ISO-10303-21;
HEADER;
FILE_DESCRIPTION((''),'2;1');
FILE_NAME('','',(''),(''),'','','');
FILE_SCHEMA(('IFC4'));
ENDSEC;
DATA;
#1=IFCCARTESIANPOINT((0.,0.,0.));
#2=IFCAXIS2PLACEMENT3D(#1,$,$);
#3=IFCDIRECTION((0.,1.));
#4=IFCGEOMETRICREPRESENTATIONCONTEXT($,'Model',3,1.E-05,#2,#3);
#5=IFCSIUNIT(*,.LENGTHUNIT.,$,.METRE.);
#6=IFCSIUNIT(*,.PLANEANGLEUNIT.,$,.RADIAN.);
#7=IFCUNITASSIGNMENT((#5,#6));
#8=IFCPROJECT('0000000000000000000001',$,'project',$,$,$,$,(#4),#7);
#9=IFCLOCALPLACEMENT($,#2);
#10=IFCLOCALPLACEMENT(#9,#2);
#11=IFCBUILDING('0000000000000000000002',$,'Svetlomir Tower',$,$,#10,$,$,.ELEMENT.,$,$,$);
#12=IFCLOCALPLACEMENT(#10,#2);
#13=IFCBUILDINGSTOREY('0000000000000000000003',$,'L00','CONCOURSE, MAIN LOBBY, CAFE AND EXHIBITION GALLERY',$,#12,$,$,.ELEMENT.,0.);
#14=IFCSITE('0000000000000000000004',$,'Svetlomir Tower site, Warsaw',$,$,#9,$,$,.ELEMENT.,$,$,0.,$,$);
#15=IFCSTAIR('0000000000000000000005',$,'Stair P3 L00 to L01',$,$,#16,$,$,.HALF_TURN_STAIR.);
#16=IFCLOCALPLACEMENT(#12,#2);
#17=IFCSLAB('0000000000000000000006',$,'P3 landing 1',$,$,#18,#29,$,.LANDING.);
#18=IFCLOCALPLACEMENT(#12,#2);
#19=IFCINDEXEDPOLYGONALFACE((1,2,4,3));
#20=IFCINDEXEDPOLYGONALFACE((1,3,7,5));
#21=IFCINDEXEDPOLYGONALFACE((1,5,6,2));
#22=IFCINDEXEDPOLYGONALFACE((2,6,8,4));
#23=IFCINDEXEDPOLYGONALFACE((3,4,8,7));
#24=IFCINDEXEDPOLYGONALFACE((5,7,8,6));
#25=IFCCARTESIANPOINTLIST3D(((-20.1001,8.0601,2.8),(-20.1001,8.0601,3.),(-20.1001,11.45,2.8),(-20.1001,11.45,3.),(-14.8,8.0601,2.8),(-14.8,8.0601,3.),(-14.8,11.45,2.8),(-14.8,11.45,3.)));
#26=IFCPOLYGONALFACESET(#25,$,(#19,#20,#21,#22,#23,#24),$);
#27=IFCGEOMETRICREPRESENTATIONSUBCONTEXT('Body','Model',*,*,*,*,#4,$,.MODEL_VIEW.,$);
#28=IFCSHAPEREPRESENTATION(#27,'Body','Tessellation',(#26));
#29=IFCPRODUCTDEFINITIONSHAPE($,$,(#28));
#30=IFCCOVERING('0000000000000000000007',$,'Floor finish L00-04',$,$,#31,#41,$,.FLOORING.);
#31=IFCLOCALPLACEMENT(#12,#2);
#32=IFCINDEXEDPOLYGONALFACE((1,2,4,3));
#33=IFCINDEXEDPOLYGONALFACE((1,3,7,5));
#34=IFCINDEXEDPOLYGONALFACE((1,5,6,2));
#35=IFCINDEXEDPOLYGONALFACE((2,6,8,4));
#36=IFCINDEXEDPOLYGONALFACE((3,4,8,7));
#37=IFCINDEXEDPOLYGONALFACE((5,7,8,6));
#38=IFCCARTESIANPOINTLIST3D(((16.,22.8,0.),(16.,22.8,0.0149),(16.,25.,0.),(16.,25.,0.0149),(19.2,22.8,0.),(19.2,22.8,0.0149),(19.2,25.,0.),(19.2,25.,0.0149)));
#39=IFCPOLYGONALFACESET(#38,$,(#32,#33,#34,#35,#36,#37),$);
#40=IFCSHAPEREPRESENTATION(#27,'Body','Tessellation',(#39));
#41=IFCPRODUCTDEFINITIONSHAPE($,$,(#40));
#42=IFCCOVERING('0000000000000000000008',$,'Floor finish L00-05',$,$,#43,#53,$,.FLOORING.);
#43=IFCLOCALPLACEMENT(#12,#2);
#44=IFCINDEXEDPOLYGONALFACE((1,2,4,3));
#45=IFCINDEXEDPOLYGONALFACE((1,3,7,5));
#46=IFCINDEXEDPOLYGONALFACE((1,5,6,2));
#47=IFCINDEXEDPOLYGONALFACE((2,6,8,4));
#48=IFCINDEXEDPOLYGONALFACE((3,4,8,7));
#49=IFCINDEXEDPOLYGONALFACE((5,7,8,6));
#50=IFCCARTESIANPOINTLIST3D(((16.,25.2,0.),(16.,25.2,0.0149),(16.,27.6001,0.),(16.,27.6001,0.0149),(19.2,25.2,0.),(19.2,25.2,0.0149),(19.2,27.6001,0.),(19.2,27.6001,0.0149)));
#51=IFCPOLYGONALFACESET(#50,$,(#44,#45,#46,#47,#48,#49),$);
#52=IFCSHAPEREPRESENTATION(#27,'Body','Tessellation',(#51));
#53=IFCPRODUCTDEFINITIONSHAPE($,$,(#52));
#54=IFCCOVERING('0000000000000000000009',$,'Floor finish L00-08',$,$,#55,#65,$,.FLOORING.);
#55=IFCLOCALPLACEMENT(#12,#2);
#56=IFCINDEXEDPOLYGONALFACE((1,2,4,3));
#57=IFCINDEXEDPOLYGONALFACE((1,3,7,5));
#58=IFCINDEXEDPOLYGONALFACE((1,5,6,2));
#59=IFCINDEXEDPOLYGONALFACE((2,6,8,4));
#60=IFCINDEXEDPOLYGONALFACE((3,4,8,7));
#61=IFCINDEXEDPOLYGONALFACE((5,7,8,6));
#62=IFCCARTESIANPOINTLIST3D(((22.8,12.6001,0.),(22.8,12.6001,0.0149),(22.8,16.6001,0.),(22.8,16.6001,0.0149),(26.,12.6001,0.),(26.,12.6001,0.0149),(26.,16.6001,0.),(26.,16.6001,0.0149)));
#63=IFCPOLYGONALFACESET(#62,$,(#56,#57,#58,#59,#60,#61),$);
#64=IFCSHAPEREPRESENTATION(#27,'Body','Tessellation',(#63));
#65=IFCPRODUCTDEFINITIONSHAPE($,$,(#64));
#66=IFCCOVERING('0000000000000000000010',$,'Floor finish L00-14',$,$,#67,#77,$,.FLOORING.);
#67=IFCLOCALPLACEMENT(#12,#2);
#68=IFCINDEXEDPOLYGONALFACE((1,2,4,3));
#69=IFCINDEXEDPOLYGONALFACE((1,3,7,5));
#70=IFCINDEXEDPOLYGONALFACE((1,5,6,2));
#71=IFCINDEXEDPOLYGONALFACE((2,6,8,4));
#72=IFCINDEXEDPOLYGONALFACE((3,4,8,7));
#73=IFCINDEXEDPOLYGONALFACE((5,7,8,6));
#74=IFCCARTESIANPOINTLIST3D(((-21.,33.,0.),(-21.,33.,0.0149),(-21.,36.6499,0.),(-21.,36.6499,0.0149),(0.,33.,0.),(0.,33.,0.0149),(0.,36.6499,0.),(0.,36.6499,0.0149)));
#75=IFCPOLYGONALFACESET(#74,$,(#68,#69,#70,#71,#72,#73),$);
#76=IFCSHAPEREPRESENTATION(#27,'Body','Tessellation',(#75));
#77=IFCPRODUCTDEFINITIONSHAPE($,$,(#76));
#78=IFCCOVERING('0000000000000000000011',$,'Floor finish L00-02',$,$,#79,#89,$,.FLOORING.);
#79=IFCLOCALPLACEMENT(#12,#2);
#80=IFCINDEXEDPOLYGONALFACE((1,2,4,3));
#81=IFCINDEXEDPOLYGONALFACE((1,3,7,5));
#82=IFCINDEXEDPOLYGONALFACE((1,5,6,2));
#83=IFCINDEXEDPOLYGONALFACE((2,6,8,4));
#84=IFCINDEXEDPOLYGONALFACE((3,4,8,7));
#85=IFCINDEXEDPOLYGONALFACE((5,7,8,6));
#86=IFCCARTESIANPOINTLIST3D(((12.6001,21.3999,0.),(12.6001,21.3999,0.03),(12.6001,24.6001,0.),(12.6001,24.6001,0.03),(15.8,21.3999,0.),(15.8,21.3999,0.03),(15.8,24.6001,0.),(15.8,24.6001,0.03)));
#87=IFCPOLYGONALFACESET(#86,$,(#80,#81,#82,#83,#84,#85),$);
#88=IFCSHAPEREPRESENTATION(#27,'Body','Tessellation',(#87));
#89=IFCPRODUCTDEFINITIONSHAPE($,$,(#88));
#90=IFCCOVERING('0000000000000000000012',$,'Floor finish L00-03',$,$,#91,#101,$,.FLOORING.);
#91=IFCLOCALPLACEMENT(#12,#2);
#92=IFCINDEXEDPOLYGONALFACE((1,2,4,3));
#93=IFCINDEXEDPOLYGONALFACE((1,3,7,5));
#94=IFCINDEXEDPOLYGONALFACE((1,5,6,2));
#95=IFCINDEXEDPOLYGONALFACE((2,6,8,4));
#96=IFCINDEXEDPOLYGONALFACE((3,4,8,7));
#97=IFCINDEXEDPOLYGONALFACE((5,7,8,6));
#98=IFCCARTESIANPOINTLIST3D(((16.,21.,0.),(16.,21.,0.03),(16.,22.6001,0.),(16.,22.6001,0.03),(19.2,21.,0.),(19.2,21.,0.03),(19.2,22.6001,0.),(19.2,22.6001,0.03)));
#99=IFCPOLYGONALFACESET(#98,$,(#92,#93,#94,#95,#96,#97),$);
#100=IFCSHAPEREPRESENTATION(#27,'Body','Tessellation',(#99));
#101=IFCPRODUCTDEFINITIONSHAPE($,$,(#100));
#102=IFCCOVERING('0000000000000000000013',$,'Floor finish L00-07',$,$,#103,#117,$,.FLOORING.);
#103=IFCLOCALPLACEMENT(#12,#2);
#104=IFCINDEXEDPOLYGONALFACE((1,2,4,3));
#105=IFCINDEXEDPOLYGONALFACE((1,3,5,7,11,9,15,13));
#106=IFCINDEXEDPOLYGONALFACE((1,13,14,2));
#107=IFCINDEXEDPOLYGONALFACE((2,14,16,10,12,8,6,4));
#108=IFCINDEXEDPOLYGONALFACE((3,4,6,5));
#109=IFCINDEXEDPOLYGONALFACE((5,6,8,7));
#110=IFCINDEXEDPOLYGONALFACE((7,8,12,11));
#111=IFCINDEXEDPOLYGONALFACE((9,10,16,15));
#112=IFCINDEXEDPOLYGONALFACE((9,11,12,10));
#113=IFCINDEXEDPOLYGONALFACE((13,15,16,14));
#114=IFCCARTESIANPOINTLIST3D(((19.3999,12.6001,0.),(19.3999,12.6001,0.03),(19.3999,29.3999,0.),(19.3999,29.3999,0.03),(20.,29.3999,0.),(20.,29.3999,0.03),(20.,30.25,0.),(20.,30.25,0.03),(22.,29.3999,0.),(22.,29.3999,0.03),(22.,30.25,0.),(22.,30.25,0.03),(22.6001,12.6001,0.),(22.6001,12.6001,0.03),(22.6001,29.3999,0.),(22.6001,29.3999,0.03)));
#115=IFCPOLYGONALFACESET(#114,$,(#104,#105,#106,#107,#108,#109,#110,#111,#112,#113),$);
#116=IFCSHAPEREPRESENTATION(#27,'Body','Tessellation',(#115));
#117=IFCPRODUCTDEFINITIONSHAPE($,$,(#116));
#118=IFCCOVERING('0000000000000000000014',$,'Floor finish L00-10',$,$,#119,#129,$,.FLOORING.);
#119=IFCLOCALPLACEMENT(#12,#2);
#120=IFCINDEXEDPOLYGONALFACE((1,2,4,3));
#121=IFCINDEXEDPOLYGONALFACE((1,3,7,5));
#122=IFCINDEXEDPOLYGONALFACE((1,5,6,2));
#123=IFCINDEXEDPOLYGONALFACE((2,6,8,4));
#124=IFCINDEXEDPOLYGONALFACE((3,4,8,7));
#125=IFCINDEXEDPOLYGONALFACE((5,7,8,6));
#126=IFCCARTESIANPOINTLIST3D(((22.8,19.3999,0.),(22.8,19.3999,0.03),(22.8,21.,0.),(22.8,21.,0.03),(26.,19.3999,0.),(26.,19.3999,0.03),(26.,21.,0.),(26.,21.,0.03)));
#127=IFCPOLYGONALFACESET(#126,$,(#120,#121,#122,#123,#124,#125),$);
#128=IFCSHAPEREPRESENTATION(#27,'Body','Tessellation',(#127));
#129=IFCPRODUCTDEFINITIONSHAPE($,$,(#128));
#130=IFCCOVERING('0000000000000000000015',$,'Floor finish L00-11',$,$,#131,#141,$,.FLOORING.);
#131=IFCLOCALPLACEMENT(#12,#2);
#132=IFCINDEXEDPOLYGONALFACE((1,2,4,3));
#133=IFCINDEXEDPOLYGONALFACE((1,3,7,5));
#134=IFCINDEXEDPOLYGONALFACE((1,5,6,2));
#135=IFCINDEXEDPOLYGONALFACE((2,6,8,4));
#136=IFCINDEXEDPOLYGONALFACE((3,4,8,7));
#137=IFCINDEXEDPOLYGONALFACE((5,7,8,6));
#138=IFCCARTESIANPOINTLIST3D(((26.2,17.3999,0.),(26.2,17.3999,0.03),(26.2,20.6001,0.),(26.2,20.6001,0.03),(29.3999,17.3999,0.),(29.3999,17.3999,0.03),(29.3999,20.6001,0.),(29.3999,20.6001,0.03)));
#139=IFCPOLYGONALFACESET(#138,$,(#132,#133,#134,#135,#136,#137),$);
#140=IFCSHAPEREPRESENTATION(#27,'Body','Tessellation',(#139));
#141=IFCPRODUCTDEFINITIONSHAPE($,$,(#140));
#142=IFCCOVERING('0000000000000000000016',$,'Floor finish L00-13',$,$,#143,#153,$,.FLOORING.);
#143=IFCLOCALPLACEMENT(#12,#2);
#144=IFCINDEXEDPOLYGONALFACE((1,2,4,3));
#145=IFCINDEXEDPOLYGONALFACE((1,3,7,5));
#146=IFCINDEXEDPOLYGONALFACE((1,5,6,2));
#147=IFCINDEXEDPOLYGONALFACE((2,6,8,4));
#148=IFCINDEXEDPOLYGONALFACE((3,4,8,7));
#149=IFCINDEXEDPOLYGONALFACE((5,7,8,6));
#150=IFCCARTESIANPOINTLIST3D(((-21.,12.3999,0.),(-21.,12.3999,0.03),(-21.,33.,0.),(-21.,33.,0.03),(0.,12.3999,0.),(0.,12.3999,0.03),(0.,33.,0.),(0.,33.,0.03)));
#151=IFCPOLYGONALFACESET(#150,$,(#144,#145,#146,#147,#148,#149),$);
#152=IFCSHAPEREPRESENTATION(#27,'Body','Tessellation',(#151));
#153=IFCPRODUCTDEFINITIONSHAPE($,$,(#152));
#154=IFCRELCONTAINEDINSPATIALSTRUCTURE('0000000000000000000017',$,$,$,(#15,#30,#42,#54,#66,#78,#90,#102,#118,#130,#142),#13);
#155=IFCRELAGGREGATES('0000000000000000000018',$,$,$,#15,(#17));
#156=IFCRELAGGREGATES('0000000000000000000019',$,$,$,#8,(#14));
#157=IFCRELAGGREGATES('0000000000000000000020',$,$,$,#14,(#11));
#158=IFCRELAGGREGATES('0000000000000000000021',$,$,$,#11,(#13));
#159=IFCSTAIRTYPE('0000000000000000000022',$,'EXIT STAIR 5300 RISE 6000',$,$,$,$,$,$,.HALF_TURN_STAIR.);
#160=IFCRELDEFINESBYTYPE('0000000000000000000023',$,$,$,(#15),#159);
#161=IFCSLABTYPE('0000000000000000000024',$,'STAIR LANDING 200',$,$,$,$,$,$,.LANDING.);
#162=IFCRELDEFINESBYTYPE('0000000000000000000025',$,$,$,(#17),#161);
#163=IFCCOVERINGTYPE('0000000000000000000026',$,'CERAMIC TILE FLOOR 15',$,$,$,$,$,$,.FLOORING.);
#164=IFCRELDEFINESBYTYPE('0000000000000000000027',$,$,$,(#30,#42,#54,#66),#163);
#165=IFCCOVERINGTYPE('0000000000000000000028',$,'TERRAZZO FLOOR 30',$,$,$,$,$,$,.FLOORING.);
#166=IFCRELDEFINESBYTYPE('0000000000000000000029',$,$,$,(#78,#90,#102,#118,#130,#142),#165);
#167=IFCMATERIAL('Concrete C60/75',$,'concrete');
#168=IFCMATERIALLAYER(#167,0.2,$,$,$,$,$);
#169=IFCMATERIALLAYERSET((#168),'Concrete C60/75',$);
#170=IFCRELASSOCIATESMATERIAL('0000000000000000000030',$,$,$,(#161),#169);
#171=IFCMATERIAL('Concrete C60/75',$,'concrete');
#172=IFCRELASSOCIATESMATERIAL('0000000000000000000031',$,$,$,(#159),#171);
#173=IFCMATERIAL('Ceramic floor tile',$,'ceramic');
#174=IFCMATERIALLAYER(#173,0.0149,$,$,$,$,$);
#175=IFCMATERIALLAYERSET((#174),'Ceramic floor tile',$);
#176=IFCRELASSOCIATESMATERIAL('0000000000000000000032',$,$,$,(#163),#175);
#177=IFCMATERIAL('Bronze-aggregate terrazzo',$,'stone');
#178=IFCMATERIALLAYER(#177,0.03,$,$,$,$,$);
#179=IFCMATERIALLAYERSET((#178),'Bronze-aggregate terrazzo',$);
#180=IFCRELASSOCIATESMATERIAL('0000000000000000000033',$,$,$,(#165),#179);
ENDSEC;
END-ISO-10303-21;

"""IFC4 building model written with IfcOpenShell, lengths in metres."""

from ifc_helpers import new_model, si_unit, direction, frame, origin, place, context, subcontext, project, spatial, polyline, outline, extrude, material, layer, layer_set, type_object, element, aggregate, save


model = new_model("IFC4")

# Units and contexts
model_context = context("Model", 3, precision=1e-05, world=origin(), true_north=direction((0.0, 1.0)))
body_context = subcontext(model_context, "Body", "Model", "MODEL_VIEW")
ifc_project = project(units=[si_unit("LENGTHUNIT", "METRE"), si_unit("PLANEANGLEUNIT", "RADIAN")], contexts=[model_context])

# Site, building, storey
site_placement = place(None, origin())
site = spatial("IfcSite", under=ifc_project, at=site_placement, Name="Svetlomir Tower site, Warsaw", CompositionType="ELEMENT", RefElevation=0.0)
building_placement = place(site_placement, origin())
building = spatial("IfcBuilding", under=site, at=building_placement, Name="Svetlomir Tower", CompositionType="ELEMENT")
storey_placement = place(building_placement, origin())
storey = spatial("IfcBuildingStorey", under=building, at=storey_placement, Name="L00", Description="CONCOURSE, MAIN LOBBY, CAFE AND EXHIBITION GALLERY", CompositionType="ELEMENT", Elevation=0.0)

# Stair, slab
ifc_material_1 = material(Name="Concrete C60/75", Category="concrete")
ifc_layer_1 = layer(ifc_material_1, 0.2)
ifc_layer_set_1 = layer_set([ifc_layer_1], Name="Concrete C60/75")
slab_type_1 = type_object("IfcSlabType", Name="STAIR LANDING 200", PredefinedType="LANDING", material=ifc_layer_set_1)
ifc_material_2 = material(Name="Concrete C60/75", Category="concrete")
stair_type_1 = type_object("IfcStairType", Name="EXIT STAIR 5300 RISE 6000", PredefinedType="HALF_TURN_STAIR", material=ifc_material_2)
stair_1_placement = place(storey_placement, origin())
stair_1 = element("IfcStair", 1, at=stair_1_placement, inside=storey, type_object=stair_type_1, Name="Stair P3 L00 to L01", PredefinedType="HALF_TURN_STAIR")
slab_1_placement = place(storey_placement, frame((0.0, 0.0, 2.8)))
slab_1 = element("IfcSlab", 2, at=slab_1_placement, type_object=slab_type_1, Name="P3 landing 1", PredefinedType="LANDING", context=body_context, shape_type="SweptSolid", body=[
    extrude(outline(polyline([(-20.1001, 8.0601), (-14.8, 8.0601), (-14.8, 11.45), (-20.1001, 11.45), (-20.1001, 8.0601)])), origin(), (0.0, 0.0, 1.0), 0.2),
])
aggregate(stair_1, [slab_1])

# Coverings
ifc_material_3 = material(Name="Ceramic floor tile", Category="ceramic")
ifc_layer_2 = layer(ifc_material_3, 0.0149)
ifc_layer_set_2 = layer_set([ifc_layer_2], Name="Ceramic floor tile")
covering_type_1 = type_object("IfcCoveringType", Name="CERAMIC TILE FLOOR 15", PredefinedType="FLOORING", material=ifc_layer_set_2)
covering_1_placement = place(storey_placement, origin())
element("IfcCovering", 3, at=covering_1_placement, inside=storey, type_object=covering_type_1, Name="Floor finish L00-04", PredefinedType="FLOORING", context=body_context, shape_type="SweptSolid", body=[
    extrude(outline(polyline([(16.0, 22.8), (19.2, 22.8), (19.2, 25.0), (16.0, 25.0), (16.0, 22.8)])), origin(), (0.0, 0.0, 1.0), 0.0149),
])
covering_2_placement = place(storey_placement, origin())
element("IfcCovering", 4, at=covering_2_placement, inside=storey, type_object=covering_type_1, Name="Floor finish L00-05", PredefinedType="FLOORING", context=body_context, shape_type="SweptSolid", body=[
    extrude(outline(polyline([(16.0, 25.2), (19.2, 25.2), (19.2, 27.6001), (16.0, 27.6001), (16.0, 25.2)])), origin(), (0.0, 0.0, 1.0), 0.0149),
])
covering_3_placement = place(storey_placement, origin())
element("IfcCovering", 5, at=covering_3_placement, inside=storey, type_object=covering_type_1, Name="Floor finish L00-08", PredefinedType="FLOORING", context=body_context, shape_type="SweptSolid", body=[
    extrude(outline(polyline([(22.8, 12.6001), (26.0, 12.6001), (26.0, 16.6001), (22.8, 16.6001), (22.8, 12.6001)])), origin(), (0.0, 0.0, 1.0), 0.0149),
])
covering_4_placement = place(storey_placement, origin())
element("IfcCovering", 6, at=covering_4_placement, inside=storey, type_object=covering_type_1, Name="Floor finish L00-14", PredefinedType="FLOORING", context=body_context, shape_type="SweptSolid", body=[
    extrude(outline(polyline([(-21.0, 33.0), (0.0, 33.0), (0.0, 36.6499), (-21.0, 36.6499), (-21.0, 33.0)])), origin(), (0.0, 0.0, 1.0), 0.0149),
])
ifc_material_4 = material(Name="Bronze-aggregate terrazzo", Category="stone")
ifc_layer_3 = layer(ifc_material_4, 0.03)
ifc_layer_set_3 = layer_set([ifc_layer_3], Name="Bronze-aggregate terrazzo")
covering_type_2 = type_object("IfcCoveringType", Name="TERRAZZO FLOOR 30", PredefinedType="FLOORING", material=ifc_layer_set_3)
covering_5_placement = place(storey_placement, origin())
element("IfcCovering", 7, at=covering_5_placement, inside=storey, type_object=covering_type_2, Name="Floor finish L00-02", PredefinedType="FLOORING", context=body_context, shape_type="SweptSolid", body=[
    extrude(outline(polyline([(12.6001, 21.3999), (15.8, 21.3999), (15.8, 24.6001), (12.6001, 24.6001), (12.6001, 21.3999)])), origin(), (0.0, 0.0, 1.0), 0.03),
])
covering_6_placement = place(storey_placement, origin())
element("IfcCovering", 8, at=covering_6_placement, inside=storey, type_object=covering_type_2, Name="Floor finish L00-03", PredefinedType="FLOORING", context=body_context, shape_type="SweptSolid", body=[
    extrude(outline(polyline([(16.0, 21.0), (19.2, 21.0), (19.2, 22.6001), (16.0, 22.6001), (16.0, 21.0)])), origin(), (0.0, 0.0, 1.0), 0.03),
])
covering_7_placement = place(storey_placement, origin())
element("IfcCovering", 9, at=covering_7_placement, inside=storey, type_object=covering_type_2, Name="Floor finish L00-07", PredefinedType="FLOORING", context=body_context, shape_type="SweptSolid", body=[
    extrude(outline(polyline([(19.3999, 12.6001), (22.6001, 12.6001), (22.6001, 29.3999), (22.0, 29.3999), (22.0, 30.25), (20.0, 30.25), (20.0, 29.3999), (19.3999, 29.3999), (19.3999, 12.6001)])), origin(), (0.0, 0.0, 1.0), 0.03),
])
covering_8_placement = place(storey_placement, origin())
element("IfcCovering", 10, at=covering_8_placement, inside=storey, type_object=covering_type_2, Name="Floor finish L00-10", PredefinedType="FLOORING", context=body_context, shape_type="SweptSolid", body=[
    extrude(outline(polyline([(22.8, 19.3999), (26.0, 19.3999), (26.0, 21.0), (22.8, 21.0), (22.8, 19.3999)])), origin(), (0.0, 0.0, 1.0), 0.03),
])
covering_9_placement = place(storey_placement, origin())
element("IfcCovering", 11, at=covering_9_placement, inside=storey, type_object=covering_type_2, Name="Floor finish L00-11", PredefinedType="FLOORING", context=body_context, shape_type="SweptSolid", body=[
    extrude(outline(polyline([(26.2, 17.3999), (29.3999, 17.3999), (29.3999, 20.6001), (26.2, 20.6001), (26.2, 17.3999)])), origin(), (0.0, 0.0, 1.0), 0.03),
])
covering_10_placement = place(storey_placement, origin())
element("IfcCovering", 12, at=covering_10_placement, inside=storey, type_object=covering_type_2, Name="Floor finish L00-13", PredefinedType="FLOORING", context=body_context, shape_type="SweptSolid", body=[
    extrude(outline(polyline([(-21.0, 12.3999), (0.0, 12.3999), (0.0, 33.0), (-21.0, 33.0), (-21.0, 12.3999)])), origin(), (0.0, 0.0, 1.0), 0.03),
])

save(model, "model.ifc")
